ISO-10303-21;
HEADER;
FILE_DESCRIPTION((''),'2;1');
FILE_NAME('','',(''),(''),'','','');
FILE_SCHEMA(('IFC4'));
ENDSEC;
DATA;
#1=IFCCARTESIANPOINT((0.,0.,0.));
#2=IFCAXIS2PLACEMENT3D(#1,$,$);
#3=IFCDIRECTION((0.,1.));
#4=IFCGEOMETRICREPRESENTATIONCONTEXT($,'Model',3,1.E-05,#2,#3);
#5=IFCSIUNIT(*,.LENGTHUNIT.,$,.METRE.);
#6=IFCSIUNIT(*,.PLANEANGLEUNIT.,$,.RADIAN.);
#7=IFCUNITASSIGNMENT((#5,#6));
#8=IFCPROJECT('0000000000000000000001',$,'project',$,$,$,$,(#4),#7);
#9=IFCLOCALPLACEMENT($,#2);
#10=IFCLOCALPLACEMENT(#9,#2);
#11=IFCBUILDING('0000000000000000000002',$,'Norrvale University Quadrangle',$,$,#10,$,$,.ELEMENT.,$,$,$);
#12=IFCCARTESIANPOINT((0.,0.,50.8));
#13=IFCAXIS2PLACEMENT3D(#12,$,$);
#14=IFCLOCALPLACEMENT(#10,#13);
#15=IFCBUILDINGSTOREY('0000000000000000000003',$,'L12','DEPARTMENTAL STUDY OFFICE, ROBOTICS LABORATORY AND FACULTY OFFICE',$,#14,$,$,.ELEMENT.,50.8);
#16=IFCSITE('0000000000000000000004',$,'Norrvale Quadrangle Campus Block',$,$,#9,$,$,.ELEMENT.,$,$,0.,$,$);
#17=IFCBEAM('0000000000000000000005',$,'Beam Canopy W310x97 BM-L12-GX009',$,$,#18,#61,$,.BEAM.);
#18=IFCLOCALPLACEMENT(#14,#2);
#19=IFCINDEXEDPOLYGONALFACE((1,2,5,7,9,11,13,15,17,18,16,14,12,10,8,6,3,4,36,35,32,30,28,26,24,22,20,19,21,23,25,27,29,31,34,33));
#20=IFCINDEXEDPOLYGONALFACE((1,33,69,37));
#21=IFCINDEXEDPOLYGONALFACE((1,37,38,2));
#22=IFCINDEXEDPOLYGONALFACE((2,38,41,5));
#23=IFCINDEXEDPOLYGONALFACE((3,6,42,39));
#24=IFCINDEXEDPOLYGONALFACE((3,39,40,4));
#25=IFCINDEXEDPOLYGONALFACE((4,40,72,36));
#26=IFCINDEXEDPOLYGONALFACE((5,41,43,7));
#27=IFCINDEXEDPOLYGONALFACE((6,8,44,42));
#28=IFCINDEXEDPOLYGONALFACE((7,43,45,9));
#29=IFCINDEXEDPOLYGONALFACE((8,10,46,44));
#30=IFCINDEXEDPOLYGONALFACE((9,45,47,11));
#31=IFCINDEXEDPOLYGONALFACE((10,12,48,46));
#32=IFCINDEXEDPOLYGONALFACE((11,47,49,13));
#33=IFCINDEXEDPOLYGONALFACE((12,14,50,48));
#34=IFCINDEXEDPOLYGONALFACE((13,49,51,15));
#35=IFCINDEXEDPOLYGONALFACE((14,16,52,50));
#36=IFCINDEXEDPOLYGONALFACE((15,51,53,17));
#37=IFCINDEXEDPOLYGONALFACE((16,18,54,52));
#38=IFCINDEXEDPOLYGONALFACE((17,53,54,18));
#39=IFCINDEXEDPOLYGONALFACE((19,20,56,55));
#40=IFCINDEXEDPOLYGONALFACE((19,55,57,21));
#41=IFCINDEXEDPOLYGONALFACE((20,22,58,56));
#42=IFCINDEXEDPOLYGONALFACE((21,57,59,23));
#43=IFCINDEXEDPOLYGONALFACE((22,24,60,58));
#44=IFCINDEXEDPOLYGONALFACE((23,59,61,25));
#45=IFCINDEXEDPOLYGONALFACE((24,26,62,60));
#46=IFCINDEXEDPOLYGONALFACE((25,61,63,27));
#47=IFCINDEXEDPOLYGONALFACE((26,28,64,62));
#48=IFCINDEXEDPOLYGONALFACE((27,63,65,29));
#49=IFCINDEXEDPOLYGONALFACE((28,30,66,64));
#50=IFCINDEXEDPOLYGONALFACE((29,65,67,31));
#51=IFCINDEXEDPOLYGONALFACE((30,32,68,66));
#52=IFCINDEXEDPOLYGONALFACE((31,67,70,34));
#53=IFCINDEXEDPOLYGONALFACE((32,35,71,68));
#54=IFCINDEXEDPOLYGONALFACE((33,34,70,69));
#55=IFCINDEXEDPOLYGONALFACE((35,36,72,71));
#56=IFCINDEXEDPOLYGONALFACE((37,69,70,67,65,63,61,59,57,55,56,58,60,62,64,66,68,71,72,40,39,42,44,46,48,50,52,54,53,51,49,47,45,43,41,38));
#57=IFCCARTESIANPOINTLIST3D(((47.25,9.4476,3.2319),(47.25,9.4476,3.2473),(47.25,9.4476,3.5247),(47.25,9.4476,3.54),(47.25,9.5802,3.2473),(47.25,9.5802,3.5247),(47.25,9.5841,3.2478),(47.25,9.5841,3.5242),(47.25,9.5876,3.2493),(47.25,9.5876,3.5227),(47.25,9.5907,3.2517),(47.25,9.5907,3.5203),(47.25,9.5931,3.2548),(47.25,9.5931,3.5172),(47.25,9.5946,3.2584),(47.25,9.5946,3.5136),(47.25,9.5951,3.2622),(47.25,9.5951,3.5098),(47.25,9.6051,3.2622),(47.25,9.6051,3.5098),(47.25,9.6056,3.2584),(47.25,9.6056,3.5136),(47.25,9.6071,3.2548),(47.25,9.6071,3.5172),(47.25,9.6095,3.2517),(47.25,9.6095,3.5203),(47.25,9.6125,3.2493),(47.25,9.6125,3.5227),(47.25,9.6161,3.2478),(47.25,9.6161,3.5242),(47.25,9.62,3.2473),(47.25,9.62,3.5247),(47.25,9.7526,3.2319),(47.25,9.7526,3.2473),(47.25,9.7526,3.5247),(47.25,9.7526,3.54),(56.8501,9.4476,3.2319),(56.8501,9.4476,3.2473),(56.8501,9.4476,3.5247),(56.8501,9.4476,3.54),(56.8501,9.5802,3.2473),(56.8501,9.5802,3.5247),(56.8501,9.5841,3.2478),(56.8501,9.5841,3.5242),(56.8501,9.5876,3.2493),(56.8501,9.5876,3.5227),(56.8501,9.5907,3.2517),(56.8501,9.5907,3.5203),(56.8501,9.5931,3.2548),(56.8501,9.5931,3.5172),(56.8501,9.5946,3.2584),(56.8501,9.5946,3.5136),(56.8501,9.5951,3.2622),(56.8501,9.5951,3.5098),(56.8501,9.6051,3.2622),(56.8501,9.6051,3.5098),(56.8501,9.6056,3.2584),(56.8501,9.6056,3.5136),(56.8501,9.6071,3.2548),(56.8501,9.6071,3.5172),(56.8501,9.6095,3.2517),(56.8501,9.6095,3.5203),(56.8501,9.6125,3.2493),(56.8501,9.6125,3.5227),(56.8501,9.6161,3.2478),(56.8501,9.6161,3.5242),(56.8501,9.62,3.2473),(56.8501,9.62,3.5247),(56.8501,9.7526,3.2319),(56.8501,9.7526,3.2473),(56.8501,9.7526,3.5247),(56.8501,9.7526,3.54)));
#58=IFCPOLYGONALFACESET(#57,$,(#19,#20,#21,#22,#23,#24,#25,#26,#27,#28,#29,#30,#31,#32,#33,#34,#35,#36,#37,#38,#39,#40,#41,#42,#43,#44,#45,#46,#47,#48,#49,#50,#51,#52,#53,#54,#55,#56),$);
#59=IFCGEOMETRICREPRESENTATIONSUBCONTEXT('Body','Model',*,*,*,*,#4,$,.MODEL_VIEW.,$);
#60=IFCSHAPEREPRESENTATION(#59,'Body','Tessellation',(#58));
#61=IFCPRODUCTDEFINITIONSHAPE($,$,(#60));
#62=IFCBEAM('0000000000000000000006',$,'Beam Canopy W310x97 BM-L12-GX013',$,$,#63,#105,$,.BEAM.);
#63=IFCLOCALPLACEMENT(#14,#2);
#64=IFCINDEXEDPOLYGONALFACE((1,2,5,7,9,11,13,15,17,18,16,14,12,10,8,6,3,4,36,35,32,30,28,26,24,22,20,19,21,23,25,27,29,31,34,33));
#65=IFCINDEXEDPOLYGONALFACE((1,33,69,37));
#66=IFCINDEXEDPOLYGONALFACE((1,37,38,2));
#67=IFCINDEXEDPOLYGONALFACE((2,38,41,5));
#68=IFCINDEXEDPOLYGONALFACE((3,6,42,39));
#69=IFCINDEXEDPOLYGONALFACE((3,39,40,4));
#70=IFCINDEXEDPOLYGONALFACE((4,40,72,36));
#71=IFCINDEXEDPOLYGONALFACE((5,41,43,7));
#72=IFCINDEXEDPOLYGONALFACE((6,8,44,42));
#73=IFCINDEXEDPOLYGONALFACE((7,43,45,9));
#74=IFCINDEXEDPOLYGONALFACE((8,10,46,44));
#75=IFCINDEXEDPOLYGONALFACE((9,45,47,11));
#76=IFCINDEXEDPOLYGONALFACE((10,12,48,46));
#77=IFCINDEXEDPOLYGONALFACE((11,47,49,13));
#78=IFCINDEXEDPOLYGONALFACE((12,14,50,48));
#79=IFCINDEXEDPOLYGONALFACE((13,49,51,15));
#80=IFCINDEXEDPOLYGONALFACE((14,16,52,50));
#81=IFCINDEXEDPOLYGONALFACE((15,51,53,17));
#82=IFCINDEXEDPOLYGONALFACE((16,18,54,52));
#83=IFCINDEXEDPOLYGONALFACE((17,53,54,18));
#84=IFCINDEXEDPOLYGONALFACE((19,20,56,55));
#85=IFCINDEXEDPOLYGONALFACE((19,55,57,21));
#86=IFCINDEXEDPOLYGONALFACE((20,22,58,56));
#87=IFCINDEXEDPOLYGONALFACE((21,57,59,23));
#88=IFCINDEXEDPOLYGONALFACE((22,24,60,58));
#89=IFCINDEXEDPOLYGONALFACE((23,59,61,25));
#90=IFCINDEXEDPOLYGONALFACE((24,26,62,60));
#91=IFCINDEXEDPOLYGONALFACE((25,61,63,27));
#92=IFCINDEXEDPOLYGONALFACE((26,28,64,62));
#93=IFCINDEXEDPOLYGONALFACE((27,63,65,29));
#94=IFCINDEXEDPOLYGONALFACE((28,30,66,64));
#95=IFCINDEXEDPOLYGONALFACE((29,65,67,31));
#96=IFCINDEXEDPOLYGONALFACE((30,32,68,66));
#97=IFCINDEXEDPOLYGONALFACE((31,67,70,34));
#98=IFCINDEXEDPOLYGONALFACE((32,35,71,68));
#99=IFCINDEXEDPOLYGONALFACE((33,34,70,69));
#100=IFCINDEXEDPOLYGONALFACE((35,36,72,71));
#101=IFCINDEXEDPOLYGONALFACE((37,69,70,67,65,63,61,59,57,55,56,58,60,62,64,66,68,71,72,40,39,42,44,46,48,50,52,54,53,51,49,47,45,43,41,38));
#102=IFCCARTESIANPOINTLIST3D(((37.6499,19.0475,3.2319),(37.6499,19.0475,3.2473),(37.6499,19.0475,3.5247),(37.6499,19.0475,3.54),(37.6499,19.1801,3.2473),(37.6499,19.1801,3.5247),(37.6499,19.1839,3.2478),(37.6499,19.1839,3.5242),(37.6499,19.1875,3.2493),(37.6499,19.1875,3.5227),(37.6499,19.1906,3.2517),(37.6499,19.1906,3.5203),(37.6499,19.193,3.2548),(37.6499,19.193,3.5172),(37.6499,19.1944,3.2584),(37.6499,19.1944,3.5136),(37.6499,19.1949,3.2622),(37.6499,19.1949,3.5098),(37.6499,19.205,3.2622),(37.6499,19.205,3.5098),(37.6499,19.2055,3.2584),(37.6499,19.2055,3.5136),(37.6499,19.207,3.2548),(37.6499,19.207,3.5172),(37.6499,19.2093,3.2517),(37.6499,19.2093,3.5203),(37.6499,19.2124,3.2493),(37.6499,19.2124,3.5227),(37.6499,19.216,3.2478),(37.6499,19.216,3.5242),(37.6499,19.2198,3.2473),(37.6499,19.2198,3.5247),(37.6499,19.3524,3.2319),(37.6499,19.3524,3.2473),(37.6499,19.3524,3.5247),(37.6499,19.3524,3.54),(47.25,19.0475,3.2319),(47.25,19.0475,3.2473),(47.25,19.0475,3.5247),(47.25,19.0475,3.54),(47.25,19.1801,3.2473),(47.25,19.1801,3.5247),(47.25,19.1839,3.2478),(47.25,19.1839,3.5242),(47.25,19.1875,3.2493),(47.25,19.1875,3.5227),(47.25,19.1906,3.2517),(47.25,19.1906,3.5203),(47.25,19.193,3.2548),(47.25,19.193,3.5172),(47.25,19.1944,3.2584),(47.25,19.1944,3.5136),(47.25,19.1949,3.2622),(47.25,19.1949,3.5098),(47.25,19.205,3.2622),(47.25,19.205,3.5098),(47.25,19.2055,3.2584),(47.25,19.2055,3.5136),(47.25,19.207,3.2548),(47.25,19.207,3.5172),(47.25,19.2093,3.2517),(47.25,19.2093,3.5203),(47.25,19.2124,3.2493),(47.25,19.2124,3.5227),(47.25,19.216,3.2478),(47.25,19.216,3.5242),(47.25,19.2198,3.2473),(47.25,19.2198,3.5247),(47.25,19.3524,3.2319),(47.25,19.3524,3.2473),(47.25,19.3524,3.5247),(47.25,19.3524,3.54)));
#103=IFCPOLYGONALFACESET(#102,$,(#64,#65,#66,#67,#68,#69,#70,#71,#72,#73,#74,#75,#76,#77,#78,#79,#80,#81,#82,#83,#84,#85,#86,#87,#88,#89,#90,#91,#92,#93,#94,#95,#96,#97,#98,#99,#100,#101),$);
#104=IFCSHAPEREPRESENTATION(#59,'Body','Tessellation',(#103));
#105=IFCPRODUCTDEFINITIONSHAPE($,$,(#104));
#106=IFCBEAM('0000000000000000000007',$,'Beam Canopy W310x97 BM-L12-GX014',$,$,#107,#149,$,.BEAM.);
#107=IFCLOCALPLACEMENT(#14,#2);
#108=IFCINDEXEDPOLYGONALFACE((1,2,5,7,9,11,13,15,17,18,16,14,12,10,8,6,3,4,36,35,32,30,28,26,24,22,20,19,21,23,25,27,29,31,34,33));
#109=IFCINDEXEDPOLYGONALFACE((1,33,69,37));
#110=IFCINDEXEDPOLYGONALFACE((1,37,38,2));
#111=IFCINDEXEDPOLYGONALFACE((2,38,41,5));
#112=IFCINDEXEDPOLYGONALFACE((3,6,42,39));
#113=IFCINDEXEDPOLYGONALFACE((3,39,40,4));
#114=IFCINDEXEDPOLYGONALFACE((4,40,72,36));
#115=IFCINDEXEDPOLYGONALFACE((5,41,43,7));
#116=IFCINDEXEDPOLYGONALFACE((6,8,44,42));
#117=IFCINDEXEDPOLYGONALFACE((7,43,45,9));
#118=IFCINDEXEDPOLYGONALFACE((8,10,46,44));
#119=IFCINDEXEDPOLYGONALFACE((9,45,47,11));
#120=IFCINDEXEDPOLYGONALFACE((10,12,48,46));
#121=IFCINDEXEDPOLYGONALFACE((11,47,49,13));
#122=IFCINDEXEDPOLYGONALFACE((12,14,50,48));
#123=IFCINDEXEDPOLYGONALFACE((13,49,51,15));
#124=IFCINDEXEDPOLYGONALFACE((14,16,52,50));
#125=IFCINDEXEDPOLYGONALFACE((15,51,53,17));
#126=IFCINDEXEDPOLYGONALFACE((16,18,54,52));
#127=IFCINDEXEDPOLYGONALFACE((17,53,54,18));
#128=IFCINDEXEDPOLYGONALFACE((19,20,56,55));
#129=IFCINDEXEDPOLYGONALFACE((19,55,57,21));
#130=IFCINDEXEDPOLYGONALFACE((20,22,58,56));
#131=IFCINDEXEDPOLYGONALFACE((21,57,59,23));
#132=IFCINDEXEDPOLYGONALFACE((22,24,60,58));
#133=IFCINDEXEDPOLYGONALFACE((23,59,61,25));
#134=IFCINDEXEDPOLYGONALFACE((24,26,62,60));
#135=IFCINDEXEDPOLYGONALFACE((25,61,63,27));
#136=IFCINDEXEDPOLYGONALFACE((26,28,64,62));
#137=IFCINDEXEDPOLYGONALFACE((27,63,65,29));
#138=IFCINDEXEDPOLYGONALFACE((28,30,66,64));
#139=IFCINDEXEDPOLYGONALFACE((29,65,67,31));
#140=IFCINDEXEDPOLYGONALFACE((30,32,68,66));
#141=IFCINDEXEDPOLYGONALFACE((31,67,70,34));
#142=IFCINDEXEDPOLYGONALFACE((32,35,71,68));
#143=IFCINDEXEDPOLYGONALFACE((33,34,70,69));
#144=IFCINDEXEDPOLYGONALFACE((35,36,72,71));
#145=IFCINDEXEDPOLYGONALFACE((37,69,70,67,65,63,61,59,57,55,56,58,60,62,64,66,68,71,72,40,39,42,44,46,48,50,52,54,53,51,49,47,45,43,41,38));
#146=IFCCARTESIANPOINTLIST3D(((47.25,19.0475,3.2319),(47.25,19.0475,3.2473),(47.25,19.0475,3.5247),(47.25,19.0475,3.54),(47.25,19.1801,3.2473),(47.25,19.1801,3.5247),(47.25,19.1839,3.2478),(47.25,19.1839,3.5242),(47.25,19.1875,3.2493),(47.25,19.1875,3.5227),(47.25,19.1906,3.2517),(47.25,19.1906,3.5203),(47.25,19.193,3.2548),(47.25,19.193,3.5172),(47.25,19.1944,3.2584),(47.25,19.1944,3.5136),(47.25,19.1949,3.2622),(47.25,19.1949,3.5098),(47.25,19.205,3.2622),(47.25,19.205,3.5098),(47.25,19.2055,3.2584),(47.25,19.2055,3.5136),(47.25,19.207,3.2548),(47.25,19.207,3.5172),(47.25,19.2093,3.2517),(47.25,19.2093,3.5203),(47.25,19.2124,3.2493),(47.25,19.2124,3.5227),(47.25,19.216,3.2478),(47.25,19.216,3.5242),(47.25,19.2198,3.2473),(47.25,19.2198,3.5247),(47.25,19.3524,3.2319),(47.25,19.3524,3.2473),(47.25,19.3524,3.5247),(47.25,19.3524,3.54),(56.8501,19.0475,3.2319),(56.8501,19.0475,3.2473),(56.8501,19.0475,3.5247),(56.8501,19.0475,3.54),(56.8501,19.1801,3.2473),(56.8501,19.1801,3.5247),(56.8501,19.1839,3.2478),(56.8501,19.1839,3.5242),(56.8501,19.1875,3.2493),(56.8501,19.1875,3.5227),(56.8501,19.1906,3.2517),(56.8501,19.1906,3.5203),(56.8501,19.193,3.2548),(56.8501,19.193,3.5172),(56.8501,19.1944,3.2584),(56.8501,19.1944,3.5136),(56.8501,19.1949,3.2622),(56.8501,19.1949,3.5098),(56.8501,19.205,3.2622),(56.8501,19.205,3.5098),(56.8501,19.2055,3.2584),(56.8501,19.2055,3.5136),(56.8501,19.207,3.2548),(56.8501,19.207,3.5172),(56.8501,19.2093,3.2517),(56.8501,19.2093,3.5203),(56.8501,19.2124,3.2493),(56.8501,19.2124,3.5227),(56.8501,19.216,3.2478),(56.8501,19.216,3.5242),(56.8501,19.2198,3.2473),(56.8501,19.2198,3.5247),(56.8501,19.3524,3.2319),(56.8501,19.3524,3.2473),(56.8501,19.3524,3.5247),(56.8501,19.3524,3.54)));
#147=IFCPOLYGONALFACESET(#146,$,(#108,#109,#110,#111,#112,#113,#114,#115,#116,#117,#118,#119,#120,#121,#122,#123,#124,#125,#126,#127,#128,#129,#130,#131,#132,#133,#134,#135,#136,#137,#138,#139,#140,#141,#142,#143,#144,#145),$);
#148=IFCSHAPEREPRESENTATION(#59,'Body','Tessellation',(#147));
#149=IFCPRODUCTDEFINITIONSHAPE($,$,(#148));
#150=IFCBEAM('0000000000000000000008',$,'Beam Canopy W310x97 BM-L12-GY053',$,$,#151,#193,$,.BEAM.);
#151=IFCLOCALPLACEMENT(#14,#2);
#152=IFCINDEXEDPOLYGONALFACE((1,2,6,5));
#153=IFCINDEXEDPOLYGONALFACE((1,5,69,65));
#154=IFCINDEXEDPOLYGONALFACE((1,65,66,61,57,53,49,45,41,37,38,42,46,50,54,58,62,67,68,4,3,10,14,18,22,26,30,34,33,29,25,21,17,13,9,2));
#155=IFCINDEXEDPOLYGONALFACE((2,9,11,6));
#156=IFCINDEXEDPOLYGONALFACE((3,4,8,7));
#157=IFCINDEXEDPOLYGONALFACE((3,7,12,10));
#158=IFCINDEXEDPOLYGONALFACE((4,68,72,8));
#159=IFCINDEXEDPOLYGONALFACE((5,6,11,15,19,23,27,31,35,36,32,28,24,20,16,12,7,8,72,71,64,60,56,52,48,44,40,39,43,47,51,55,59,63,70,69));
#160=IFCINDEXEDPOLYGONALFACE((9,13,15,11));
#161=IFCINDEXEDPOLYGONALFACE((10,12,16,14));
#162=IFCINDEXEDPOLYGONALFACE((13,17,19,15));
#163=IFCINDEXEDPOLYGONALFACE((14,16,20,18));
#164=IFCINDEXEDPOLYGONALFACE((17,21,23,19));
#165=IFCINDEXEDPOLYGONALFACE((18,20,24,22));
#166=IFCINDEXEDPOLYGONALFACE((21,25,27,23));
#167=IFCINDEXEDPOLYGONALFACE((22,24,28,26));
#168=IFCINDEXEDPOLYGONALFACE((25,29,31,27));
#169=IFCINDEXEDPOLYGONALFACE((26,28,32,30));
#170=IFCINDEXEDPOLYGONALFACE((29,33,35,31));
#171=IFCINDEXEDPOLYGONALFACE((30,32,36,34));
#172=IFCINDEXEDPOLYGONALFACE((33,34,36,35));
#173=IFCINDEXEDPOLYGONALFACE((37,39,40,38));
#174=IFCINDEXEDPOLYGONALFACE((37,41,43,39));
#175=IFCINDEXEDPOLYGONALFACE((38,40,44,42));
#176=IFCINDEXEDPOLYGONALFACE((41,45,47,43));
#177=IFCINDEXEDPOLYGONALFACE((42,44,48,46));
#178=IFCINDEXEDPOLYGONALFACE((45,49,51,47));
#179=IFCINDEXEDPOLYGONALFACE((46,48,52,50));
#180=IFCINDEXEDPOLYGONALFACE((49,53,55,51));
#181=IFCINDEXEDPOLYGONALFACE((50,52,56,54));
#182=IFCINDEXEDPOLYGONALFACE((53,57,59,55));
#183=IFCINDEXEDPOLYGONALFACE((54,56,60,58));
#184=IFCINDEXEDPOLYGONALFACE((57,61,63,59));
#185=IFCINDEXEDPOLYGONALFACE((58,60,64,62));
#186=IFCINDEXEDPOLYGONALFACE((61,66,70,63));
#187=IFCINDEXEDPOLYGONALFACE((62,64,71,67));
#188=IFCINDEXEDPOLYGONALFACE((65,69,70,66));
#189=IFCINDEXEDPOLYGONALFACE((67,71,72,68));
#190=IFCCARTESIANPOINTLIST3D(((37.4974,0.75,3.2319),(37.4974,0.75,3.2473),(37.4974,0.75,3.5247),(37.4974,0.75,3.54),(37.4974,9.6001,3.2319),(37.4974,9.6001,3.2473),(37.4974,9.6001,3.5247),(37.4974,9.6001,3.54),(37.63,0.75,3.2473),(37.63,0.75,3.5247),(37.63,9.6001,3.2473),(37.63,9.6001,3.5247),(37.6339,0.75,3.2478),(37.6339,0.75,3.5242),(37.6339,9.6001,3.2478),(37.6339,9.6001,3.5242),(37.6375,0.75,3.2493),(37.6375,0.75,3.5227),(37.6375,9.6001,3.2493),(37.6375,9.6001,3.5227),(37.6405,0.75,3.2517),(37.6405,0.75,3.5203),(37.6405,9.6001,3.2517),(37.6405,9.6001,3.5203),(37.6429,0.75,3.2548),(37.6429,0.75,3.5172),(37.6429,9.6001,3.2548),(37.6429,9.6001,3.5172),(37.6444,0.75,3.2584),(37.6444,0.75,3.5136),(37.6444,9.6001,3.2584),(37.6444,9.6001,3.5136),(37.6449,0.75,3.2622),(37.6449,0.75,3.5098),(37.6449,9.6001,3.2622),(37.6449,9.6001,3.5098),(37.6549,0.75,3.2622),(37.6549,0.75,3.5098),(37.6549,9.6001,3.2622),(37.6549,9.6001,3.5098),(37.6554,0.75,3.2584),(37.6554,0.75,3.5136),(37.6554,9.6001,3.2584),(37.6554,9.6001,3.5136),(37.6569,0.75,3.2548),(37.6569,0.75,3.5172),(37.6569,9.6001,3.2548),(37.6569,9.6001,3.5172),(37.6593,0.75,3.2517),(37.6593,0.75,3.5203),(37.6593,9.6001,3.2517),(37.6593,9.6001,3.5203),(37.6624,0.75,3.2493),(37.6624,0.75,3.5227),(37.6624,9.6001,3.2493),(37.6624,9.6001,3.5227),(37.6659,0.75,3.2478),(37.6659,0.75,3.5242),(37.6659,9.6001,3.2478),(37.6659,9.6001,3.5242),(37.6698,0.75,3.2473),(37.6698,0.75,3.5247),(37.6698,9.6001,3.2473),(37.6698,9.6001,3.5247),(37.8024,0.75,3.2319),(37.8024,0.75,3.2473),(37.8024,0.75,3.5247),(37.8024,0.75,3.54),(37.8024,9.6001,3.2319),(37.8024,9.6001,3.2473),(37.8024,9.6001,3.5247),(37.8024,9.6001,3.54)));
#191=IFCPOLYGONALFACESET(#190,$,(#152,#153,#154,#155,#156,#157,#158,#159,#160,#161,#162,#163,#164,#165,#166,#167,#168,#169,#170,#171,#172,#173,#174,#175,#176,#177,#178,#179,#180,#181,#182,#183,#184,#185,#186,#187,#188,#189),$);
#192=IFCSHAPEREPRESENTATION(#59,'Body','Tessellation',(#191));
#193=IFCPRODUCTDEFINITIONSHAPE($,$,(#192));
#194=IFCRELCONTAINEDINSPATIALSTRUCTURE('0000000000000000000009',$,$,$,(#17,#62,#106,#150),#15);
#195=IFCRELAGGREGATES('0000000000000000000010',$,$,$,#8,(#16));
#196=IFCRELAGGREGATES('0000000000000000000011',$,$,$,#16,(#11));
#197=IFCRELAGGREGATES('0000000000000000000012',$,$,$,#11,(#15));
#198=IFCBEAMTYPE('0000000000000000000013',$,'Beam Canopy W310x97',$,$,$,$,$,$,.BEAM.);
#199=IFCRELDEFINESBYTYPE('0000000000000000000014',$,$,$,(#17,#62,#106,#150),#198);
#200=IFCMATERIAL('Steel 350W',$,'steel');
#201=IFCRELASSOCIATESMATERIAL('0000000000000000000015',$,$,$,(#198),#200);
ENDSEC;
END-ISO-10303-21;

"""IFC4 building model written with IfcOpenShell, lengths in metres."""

from ifc_helpers import new_model, si_unit, direction, frame, origin, origin_2d, place, context, subcontext, project, spatial, i_section, extrude, material, material_profile, profile_set, type_object, element, save


model = new_model("IFC4")

# Units and contexts
model_context = context("Model", 3, precision=1e-05, world=origin(), true_north=direction((0.0, 1.0)))
body_context = subcontext(model_context, "Body", "Model", "MODEL_VIEW")
ifc_project = project(units=[si_unit("LENGTHUNIT", "METRE"), si_unit("PLANEANGLEUNIT", "RADIAN")], contexts=[model_context])

# Site, building, storey
site_placement = place(None, origin())
site = spatial("IfcSite", under=ifc_project, at=site_placement, Name="Norrvale Quadrangle Campus Block", CompositionType="ELEMENT", RefElevation=0.0)
building_placement = place(site_placement, origin())
building = spatial("IfcBuilding", under=site, at=building_placement, Name="Norrvale University Quadrangle", CompositionType="ELEMENT")
storey_placement = place(building_placement, frame((0.0, 0.0, 50.8)))
storey = spatial("IfcBuildingStorey", under=building, at=storey_placement, Name="L12", Description="DEPARTMENTAL STUDY OFFICE, ROBOTICS LABORATORY AND FACULTY OFFICE", CompositionType="ELEMENT", Elevation=50.8)

# Beams
ifc_material_1 = material(Name="Steel 350W", Category="steel")
ifc_material_profile_1 = material_profile(ifc_material_1, i_section(OverallWidth=0.3049, OverallDepth=0.3081, WebThickness=0.01, FlangeThickness=0.0154, FilletRadius=0.0149, at=origin_2d()), Name="Steel 350W")
ifc_profile_set_1 = profile_set([ifc_material_profile_1], Name="Steel 350W")
beam_type_1 = type_object("IfcBeamType", Name="Beam Canopy W310x97", PredefinedType="BEAM", material=ifc_profile_set_1)
for number, where, z_axis, x_axis, name in (
    (1, (47.25, 9.6001, 3.386), (1.0, 0.0, 0.0), (0.0, 1.0, 0.0), "Beam Canopy W310x97 BM-L12-GX009"),
    (2, (37.6499, 19.2, 3.386), (1.0, 0.0, 0.0), (0.0, 1.0, 0.0), "Beam Canopy W310x97 BM-L12-GX013"),
    (3, (47.25, 19.2, 3.386), (1.0, 0.0, 0.0), (0.0, 1.0, 0.0), "Beam Canopy W310x97 BM-L12-GX014"),
):
    element("IfcBeam", number, at=place(storey_placement, frame(where, z_axis=z_axis, x_axis=x_axis)), inside=storey, type_object=beam_type_1, Name=name, PredefinedType="BEAM", context=body_context, shape_type="SweptSolid", body=[
        extrude(i_section(OverallWidth=0.3049, OverallDepth=0.3081, WebThickness=0.01, FlangeThickness=0.0154, FilletRadius=0.0149, at=origin_2d()), origin(), (0.0, 0.0, 1.0), 9.6001),
    ])
beam_1_placement = place(storey_placement, frame((37.6499, 0.75, 3.386), z_axis=(0.0, 1.0, 0.0), x_axis=(-1.0, 0.0, 0.0)))
element("IfcBeam", 4, at=beam_1_placement, inside=storey, type_object=beam_type_1, Name="Beam Canopy W310x97 BM-L12-GY053", PredefinedType="BEAM", context=body_context, shape_type="SweptSolid", body=[
    extrude(i_section(OverallWidth=0.3049, OverallDepth=0.3081, WebThickness=0.01, FlangeThickness=0.0154, FilletRadius=0.0149, at=origin_2d()), origin(), (0.0, 0.0, 1.0), 8.8501),
])

save(model, "model.ifc")
